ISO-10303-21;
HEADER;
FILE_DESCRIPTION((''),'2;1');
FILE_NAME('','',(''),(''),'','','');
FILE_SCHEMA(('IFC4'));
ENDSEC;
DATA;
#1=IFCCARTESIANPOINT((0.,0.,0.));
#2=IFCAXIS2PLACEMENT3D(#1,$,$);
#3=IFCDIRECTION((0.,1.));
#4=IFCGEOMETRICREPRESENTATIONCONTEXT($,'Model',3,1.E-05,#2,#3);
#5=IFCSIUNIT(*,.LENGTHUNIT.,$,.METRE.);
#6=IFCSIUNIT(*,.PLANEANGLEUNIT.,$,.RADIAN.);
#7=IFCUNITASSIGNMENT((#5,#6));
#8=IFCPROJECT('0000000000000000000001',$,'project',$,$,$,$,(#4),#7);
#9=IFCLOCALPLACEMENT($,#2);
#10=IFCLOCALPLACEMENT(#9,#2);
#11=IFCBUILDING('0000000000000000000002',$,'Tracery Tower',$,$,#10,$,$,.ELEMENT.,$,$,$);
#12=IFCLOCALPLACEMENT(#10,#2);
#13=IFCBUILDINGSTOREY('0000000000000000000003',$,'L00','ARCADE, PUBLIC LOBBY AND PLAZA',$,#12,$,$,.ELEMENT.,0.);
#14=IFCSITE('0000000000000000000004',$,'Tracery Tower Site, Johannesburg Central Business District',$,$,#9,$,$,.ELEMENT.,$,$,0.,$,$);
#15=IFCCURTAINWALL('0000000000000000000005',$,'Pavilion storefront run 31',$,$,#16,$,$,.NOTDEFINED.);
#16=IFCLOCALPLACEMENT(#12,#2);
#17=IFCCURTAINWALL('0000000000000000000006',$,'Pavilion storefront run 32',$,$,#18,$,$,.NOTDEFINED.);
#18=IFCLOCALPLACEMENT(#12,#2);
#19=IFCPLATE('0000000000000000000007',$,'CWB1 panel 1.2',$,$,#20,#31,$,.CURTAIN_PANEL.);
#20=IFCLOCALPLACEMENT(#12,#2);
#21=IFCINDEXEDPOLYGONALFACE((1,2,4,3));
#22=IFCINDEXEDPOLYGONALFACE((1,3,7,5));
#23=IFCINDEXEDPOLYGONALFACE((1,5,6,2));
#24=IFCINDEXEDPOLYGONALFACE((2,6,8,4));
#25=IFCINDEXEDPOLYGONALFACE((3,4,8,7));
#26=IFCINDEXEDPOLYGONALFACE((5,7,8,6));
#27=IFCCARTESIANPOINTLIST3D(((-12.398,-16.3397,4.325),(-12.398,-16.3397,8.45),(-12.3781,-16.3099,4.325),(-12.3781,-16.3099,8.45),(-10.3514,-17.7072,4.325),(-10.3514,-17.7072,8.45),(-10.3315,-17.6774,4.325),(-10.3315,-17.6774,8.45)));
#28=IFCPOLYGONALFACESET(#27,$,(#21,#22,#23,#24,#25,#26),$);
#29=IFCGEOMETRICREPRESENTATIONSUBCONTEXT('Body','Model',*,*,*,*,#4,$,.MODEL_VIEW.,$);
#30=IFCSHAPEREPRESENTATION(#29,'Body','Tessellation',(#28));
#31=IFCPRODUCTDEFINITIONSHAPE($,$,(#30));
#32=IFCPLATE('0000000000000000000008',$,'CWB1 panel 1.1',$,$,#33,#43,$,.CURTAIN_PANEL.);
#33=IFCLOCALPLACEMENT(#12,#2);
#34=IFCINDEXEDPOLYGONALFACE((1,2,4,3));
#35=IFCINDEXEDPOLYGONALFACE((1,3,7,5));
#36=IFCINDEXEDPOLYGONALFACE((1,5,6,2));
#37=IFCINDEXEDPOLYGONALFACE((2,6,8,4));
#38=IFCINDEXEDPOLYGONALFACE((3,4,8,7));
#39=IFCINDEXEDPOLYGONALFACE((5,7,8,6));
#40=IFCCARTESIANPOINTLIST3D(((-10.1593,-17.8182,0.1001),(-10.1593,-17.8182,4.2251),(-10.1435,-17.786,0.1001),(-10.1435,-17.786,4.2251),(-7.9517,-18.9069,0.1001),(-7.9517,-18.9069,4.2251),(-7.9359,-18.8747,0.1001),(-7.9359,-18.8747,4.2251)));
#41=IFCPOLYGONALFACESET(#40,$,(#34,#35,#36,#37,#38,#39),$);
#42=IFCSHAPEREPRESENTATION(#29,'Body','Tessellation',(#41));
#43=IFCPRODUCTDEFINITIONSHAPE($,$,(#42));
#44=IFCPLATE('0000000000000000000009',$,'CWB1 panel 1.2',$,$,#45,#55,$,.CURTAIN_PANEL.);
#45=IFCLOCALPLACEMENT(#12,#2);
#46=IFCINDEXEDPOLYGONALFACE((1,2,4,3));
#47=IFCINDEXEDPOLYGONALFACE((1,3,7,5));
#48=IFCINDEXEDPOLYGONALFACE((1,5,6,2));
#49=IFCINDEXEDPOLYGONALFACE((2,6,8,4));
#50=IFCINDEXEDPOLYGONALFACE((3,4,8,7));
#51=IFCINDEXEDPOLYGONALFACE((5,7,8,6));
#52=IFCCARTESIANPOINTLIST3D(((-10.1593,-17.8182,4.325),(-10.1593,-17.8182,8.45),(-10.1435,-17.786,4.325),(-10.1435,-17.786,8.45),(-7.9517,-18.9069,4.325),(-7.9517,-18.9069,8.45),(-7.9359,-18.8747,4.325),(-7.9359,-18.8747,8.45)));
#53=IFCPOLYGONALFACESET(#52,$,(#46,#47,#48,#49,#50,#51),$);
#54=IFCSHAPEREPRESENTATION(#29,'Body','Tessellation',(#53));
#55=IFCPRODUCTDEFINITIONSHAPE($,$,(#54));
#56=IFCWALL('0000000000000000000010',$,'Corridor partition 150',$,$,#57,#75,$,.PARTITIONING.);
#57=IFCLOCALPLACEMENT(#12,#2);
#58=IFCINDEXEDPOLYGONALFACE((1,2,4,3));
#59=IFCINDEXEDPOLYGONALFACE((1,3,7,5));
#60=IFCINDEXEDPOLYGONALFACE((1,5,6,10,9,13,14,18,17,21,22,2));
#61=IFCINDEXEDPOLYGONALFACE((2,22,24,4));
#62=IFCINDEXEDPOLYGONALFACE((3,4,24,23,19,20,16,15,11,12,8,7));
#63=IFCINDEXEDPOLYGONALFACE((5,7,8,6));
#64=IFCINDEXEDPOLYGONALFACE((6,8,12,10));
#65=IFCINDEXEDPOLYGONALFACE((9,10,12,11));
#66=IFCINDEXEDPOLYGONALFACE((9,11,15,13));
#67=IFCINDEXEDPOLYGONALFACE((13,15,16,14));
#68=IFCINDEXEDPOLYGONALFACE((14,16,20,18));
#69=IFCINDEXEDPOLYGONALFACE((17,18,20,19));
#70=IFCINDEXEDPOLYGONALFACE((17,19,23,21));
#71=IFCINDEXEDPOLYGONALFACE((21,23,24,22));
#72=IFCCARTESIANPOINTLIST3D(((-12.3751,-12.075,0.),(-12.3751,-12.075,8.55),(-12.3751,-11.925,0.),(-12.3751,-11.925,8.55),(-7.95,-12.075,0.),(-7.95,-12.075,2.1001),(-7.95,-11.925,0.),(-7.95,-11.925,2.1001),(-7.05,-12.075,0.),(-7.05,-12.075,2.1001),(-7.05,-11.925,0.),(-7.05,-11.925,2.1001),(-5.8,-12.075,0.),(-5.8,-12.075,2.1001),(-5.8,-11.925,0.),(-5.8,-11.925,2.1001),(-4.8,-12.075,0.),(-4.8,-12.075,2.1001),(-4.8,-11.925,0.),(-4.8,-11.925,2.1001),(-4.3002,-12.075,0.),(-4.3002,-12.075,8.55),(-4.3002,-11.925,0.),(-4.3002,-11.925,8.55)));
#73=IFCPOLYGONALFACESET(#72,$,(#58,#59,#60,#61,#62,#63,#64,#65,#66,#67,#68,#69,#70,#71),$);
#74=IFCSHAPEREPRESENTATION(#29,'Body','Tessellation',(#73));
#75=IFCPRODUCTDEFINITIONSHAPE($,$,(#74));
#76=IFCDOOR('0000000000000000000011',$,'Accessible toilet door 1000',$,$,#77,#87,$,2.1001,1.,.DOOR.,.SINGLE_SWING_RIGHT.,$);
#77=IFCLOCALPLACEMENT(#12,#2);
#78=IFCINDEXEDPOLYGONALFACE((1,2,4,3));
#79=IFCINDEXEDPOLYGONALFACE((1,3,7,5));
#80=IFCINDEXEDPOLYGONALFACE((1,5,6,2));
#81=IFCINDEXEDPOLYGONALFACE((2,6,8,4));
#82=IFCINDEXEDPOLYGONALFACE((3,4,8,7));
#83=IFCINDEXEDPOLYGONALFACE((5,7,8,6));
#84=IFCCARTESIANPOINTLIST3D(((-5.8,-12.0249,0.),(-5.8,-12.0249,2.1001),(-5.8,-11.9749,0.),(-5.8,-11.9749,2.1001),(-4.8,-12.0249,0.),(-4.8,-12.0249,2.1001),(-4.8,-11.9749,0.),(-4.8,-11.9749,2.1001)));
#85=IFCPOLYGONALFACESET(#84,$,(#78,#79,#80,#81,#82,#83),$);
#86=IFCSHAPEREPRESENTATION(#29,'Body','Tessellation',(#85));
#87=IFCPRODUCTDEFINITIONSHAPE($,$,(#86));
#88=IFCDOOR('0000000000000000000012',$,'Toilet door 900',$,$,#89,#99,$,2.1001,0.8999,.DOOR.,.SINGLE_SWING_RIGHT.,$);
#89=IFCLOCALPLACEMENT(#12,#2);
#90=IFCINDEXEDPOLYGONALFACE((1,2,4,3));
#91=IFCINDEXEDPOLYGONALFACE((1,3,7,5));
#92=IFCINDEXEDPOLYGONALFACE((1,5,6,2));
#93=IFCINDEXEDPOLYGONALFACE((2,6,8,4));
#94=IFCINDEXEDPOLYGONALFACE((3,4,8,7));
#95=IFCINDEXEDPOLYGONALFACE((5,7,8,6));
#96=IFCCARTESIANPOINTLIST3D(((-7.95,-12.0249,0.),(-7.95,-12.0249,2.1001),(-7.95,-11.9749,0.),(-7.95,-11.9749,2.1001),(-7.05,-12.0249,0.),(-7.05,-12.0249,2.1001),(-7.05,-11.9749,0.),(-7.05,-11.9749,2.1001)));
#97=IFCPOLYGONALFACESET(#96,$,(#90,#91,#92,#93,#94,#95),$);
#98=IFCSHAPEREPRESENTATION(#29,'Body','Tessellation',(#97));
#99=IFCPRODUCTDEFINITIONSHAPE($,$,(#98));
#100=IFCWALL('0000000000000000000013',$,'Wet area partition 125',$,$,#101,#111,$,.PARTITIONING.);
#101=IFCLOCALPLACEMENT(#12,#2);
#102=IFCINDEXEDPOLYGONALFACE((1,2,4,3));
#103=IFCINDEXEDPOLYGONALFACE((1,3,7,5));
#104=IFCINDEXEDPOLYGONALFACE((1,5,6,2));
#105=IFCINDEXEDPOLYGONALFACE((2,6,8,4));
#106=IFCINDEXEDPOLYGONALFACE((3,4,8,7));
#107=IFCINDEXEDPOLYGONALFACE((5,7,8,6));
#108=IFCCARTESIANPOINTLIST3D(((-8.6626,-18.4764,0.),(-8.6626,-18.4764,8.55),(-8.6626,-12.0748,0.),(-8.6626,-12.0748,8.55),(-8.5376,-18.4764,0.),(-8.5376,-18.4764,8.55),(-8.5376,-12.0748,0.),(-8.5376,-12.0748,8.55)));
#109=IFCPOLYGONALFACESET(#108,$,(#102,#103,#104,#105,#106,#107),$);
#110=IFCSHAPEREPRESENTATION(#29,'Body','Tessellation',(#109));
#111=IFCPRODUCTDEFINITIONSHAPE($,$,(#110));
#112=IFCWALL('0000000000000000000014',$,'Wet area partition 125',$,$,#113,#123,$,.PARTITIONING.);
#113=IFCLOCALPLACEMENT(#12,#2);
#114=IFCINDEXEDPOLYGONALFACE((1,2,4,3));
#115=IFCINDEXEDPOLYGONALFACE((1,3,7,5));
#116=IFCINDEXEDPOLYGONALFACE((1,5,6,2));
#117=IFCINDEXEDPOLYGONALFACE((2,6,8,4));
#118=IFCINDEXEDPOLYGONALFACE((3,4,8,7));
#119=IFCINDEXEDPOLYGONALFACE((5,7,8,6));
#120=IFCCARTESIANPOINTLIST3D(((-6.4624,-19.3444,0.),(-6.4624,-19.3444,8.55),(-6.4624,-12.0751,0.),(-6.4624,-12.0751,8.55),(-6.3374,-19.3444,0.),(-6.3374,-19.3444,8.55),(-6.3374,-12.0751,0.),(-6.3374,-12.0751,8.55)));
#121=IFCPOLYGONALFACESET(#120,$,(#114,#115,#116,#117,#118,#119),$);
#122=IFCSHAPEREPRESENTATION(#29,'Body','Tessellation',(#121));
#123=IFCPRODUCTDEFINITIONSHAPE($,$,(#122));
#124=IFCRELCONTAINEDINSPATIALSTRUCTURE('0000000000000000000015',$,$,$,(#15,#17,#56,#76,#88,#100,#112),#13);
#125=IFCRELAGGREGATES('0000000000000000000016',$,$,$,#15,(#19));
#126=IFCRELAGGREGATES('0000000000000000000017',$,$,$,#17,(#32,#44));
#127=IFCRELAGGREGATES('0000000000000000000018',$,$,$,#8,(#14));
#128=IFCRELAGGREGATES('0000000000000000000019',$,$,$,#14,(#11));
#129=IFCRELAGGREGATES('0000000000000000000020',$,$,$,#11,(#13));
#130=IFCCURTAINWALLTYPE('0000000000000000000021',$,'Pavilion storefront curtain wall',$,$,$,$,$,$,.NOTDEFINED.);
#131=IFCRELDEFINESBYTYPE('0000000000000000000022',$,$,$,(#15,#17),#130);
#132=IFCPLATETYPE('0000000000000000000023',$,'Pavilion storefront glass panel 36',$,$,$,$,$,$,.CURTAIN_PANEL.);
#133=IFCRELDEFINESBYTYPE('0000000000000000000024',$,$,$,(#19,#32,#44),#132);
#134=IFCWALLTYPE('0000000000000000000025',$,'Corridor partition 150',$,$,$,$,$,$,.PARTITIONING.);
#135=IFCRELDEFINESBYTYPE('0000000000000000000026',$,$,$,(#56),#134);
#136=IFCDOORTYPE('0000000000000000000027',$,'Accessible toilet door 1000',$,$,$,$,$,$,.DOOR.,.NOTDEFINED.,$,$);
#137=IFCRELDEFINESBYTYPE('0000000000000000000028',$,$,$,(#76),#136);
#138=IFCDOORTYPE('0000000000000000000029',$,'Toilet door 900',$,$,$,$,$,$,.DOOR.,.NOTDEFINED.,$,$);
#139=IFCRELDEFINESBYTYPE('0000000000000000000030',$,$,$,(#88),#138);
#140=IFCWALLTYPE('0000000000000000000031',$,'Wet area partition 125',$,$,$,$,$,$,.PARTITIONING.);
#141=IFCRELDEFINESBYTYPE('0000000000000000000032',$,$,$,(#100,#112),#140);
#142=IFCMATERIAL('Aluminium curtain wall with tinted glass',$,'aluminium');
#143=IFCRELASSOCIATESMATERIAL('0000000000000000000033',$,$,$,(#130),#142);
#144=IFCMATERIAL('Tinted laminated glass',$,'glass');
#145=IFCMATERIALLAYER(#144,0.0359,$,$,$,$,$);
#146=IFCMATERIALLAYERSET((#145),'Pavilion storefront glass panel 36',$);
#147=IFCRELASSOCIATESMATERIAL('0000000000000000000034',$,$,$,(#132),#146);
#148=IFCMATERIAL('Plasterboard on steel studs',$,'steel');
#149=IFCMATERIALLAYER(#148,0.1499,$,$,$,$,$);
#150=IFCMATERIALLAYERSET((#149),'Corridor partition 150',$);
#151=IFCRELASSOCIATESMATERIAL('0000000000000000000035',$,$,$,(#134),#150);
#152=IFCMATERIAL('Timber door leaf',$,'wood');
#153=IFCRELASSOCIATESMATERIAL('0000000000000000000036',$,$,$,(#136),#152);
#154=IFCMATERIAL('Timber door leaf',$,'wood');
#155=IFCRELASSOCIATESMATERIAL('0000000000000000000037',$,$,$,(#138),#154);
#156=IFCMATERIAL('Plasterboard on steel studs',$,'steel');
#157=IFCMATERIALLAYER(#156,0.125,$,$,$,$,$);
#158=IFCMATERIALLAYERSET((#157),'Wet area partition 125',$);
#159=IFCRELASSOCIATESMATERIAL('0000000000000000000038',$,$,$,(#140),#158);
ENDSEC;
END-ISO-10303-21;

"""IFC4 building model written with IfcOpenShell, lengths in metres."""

from ifc_helpers import new_model, si_unit, direction, frame, frame_2d, origin, origin_2d, place, context, subcontext, project, spatial, rectangle, extrude, material, layer, layer_set, type_object, element, fill, aggregate, save


model = new_model("IFC4")

# Units and contexts
model_context = context("Model", 3, precision=1e-05, world=origin(), true_north=direction((0.0, 1.0)))
body_context = subcontext(model_context, "Body", "Model", "MODEL_VIEW")
ifc_project = project(units=[si_unit("LENGTHUNIT", "METRE"), si_unit("PLANEANGLEUNIT", "RADIAN")], contexts=[model_context])

# Site, building, storey
site_placement = place(None, origin())
site = spatial("IfcSite", under=ifc_project, at=site_placement, Name="Tracery Tower Site, Johannesburg Central Business District", CompositionType="ELEMENT", RefElevation=0.0)
building_placement = place(site_placement, origin())
building = spatial("IfcBuilding", under=site, at=building_placement, Name="Tracery Tower", CompositionType="ELEMENT")
storey_placement = place(building_placement, origin())
storey = spatial("IfcBuildingStorey", under=building, at=storey_placement, Name="L00", Description="ARCADE, PUBLIC LOBBY AND PLAZA", CompositionType="ELEMENT", Elevation=0.0)

# Curtain wall
ifc_material_1 = material(Name="Aluminium curtain wall with tinted glass", Category="aluminium")
curtain_wall_type = type_object("IfcCurtainWallType", Name="Pavilion storefront curtain wall", PredefinedType="NOTDEFINED", material=ifc_material_1)
curtain_wall_1_placement = place(storey_placement, origin())
curtain_wall_1 = element("IfcCurtainWall", 1, at=curtain_wall_1_placement, inside=storey, type_object=curtain_wall_type, Name="Pavilion storefront run 31", PredefinedType="NOTDEFINED")

# Curtain wall
curtain_wall_2_placement = place(storey_placement, origin())
curtain_wall_2 = element("IfcCurtainWall", 2, at=curtain_wall_2_placement, inside=storey, type_object=curtain_wall_type, Name="Pavilion storefront run 32", PredefinedType="NOTDEFINED")

# Plates
ifc_material_2 = material(Name="Tinted laminated glass", Category="glass")
ifc_layer_1 = layer(ifc_material_2, 0.0359)
ifc_layer_set_1 = layer_set([ifc_layer_1], Name="Pavilion storefront glass panel 36")
plate_type = type_object("IfcPlateType", Name="Pavilion storefront glass panel 36", PredefinedType="CURTAIN_PANEL", material=ifc_layer_set_1)
plate_1_placement = place(storey_placement, frame((-11.3647, -17.0085, 4.325), z_axis=(0.0, 0.0, 1.0), x_axis=(0.831476, -0.55556, 0.0)))
plate_1 = element("IfcPlate", 3, at=plate_1_placement, type_object=plate_type, Name="CWB1 panel 1.2", PredefinedType="CURTAIN_PANEL", context=body_context, shape_type="SweptSolid", body=[
    extrude(rectangle(XDim=2.4614, YDim=0.0359, at=origin_2d()), origin(), (0.0, 0.0, 1.0), 4.125),
])
aggregate(curtain_wall_1, [plate_1])
plate_2_placement = place(storey_placement, frame((-9.0476, -18.3464, 0.1001), z_axis=(0.0, 0.0, 1.0), x_axis=(0.896874, -0.442287, 0.0)))
plate_2 = element("IfcPlate", 4, at=plate_2_placement, type_object=plate_type, Name="CWB1 panel 1.1", PredefinedType="CURTAIN_PANEL", context=body_context, shape_type="SweptSolid", body=[
    extrude(rectangle(XDim=2.4614, YDim=0.0359, at=origin_2d()), origin(), (0.0, 0.0, 1.0), 4.125),
])
plate_3_placement = place(storey_placement, frame((-9.0476, -18.3464, 4.325), z_axis=(0.0, 0.0, 1.0), x_axis=(0.896874, -0.442287, 0.0)))
plate_3 = element("IfcPlate", 5, at=plate_3_placement, type_object=plate_type, Name="CWB1 panel 1.2", PredefinedType="CURTAIN_PANEL", context=body_context, shape_type="SweptSolid", body=[
    extrude(rectangle(XDim=2.4614, YDim=0.0359, at=origin_2d()), origin(), (0.0, 0.0, 1.0), 4.125),
])
aggregate(curtain_wall_2, [plate_2, plate_3])

# Wall, openings, doors
ifc_material_3 = material(Name="Plasterboard on steel studs", Category="steel")
ifc_layer_2 = layer(ifc_material_3, 0.1499)
ifc_layer_set_2 = layer_set([ifc_layer_2], Name="Corridor partition 150")
wall_type_1 = type_object("IfcWallType", Name="Corridor partition 150", PredefinedType="PARTITIONING", material=ifc_layer_set_2)
wall_1_placement = place(storey_placement, frame((-4.3, -12.0, 0.0), z_axis=(0.0, 0.0, 1.0), x_axis=(-1.0, 0.0, 0.0)))
wall_1 = element("IfcWall", 6, at=wall_1_placement, inside=storey, type_object=wall_type_1, Name="Corridor partition 150", PredefinedType="PARTITIONING", context=body_context, shape_type="SweptSolid", body=[
    extrude(rectangle(XDim=8.075, YDim=0.1499, at=frame_2d((4.0376, 0.0))), origin(), (0.0, 0.0, 1.0), 8.55),
])
opening_1_placement = place(wall_1_placement, frame((0.5, 0.0, 0.0)))
opening_1 = element("IfcOpeningElement", 7, at=opening_1_placement, cuts=wall_1, PredefinedType="OPENING", context=body_context, shape_type="SweptSolid", body=[
    extrude(rectangle(XDim=1.0, YDim=2.1001, at=frame_2d((0.5, 1.05))), frame((0.0, 0.075, 0.0), z_axis=(0.0, -1.0, 0.0), x_axis=(1.0, 0.0, 0.0)), (0.0, 0.0, 1.0), 0.1499),
])
opening_2_placement = place(wall_1_placement, frame((2.75, 0.0, 0.0)))
opening_2 = element("IfcOpeningElement", 8, at=opening_2_placement, cuts=wall_1, PredefinedType="OPENING", context=body_context, shape_type="SweptSolid", body=[
    extrude(rectangle(XDim=0.8999, YDim=2.1001, at=frame_2d((0.45, 1.05))), frame((0.0, 0.075, 0.0), z_axis=(0.0, -1.0, 0.0), x_axis=(1.0, 0.0, 0.0)), (0.0, 0.0, 1.0), 0.1499),
])
ifc_material_4 = material(Name="Timber door leaf", Category="wood")
door_type_1 = type_object("IfcDoorType", Name="Accessible toilet door 1000", OperationType="NOTDEFINED", PredefinedType="DOOR", material=ifc_material_4)
door_1_placement = place(opening_1_placement, origin())
door_1 = element("IfcDoor", 9, at=door_1_placement, inside=storey, type_object=door_type_1, Name="Accessible toilet door 1000", OperationType="SINGLE_SWING_RIGHT", OverallHeight=2.1001, OverallWidth=1.0, PredefinedType="DOOR", context=body_context, shape_type="SweptSolid", body=[
    extrude(rectangle(XDim=1.0, YDim=2.1001, at=frame_2d((0.5, 1.05))), frame((0.0, 0.0249, 0.0), z_axis=(0.0, -1.0, 0.0), x_axis=(1.0, 0.0, 0.0)), (0.0, 0.0, 1.0), 0.05),
])
fill(opening_1, door_1)
ifc_material_5 = material(Name="Timber door leaf", Category="wood")
door_type_2 = type_object("IfcDoorType", Name="Toilet door 900", OperationType="NOTDEFINED", PredefinedType="DOOR", material=ifc_material_5)
door_2_placement = place(opening_2_placement, origin())
door_2 = element("IfcDoor", 10, at=door_2_placement, inside=storey, type_object=door_type_2, Name="Toilet door 900", OperationType="SINGLE_SWING_RIGHT", OverallHeight=2.1001, OverallWidth=0.8999, PredefinedType="DOOR", context=body_context, shape_type="SweptSolid", body=[
    extrude(rectangle(XDim=0.8999, YDim=2.1001, at=frame_2d((0.45, 1.05))), frame((0.0, 0.0249, 0.0), z_axis=(0.0, -1.0, 0.0), x_axis=(1.0, 0.0, 0.0)), (0.0, 0.0, 1.0), 0.05),
])
fill(opening_2, door_2)

# Walls
ifc_material_6 = material(Name="Plasterboard on steel studs", Category="steel")
ifc_layer_3 = layer(ifc_material_6, 0.125)
ifc_layer_set_3 = layer_set([ifc_layer_3], Name="Wet area partition 125")
wall_type_2 = type_object("IfcWallType", Name="Wet area partition 125", PredefinedType="PARTITIONING", material=ifc_layer_set_3)
wall_2_placement = place(storey_placement, frame((-8.6001, -12.075, 0.0), z_axis=(0.0, 0.0, 1.0), x_axis=(0.0, -1.0, 0.0)))
element("IfcWall", 11, at=wall_2_placement, inside=storey, type_object=wall_type_2, Name="Wet area partition 125", PredefinedType="PARTITIONING", context=body_context, shape_type="SweptSolid", body=[
    extrude(rectangle(XDim=6.4016, YDim=0.125, at=frame_2d((3.2007, 0.0))), origin(), (0.0, 0.0, 1.0), 8.55),
])
wall_3_placement = place(storey_placement, frame((-6.3999, -12.075, 0.0), z_axis=(0.0, 0.0, 1.0), x_axis=(0.0, -1.0, 0.0)))
element("IfcWall", 12, at=wall_3_placement, inside=storey, type_object=wall_type_2, Name="Wet area partition 125", PredefinedType="PARTITIONING", context=body_context, shape_type="SweptSolid", body=[
    extrude(rectangle(XDim=7.2693, YDim=0.125, at=frame_2d((3.6348, 0.0))), origin(), (0.0, 0.0, 1.0), 8.55),
])

save(model, "model.ifc")
